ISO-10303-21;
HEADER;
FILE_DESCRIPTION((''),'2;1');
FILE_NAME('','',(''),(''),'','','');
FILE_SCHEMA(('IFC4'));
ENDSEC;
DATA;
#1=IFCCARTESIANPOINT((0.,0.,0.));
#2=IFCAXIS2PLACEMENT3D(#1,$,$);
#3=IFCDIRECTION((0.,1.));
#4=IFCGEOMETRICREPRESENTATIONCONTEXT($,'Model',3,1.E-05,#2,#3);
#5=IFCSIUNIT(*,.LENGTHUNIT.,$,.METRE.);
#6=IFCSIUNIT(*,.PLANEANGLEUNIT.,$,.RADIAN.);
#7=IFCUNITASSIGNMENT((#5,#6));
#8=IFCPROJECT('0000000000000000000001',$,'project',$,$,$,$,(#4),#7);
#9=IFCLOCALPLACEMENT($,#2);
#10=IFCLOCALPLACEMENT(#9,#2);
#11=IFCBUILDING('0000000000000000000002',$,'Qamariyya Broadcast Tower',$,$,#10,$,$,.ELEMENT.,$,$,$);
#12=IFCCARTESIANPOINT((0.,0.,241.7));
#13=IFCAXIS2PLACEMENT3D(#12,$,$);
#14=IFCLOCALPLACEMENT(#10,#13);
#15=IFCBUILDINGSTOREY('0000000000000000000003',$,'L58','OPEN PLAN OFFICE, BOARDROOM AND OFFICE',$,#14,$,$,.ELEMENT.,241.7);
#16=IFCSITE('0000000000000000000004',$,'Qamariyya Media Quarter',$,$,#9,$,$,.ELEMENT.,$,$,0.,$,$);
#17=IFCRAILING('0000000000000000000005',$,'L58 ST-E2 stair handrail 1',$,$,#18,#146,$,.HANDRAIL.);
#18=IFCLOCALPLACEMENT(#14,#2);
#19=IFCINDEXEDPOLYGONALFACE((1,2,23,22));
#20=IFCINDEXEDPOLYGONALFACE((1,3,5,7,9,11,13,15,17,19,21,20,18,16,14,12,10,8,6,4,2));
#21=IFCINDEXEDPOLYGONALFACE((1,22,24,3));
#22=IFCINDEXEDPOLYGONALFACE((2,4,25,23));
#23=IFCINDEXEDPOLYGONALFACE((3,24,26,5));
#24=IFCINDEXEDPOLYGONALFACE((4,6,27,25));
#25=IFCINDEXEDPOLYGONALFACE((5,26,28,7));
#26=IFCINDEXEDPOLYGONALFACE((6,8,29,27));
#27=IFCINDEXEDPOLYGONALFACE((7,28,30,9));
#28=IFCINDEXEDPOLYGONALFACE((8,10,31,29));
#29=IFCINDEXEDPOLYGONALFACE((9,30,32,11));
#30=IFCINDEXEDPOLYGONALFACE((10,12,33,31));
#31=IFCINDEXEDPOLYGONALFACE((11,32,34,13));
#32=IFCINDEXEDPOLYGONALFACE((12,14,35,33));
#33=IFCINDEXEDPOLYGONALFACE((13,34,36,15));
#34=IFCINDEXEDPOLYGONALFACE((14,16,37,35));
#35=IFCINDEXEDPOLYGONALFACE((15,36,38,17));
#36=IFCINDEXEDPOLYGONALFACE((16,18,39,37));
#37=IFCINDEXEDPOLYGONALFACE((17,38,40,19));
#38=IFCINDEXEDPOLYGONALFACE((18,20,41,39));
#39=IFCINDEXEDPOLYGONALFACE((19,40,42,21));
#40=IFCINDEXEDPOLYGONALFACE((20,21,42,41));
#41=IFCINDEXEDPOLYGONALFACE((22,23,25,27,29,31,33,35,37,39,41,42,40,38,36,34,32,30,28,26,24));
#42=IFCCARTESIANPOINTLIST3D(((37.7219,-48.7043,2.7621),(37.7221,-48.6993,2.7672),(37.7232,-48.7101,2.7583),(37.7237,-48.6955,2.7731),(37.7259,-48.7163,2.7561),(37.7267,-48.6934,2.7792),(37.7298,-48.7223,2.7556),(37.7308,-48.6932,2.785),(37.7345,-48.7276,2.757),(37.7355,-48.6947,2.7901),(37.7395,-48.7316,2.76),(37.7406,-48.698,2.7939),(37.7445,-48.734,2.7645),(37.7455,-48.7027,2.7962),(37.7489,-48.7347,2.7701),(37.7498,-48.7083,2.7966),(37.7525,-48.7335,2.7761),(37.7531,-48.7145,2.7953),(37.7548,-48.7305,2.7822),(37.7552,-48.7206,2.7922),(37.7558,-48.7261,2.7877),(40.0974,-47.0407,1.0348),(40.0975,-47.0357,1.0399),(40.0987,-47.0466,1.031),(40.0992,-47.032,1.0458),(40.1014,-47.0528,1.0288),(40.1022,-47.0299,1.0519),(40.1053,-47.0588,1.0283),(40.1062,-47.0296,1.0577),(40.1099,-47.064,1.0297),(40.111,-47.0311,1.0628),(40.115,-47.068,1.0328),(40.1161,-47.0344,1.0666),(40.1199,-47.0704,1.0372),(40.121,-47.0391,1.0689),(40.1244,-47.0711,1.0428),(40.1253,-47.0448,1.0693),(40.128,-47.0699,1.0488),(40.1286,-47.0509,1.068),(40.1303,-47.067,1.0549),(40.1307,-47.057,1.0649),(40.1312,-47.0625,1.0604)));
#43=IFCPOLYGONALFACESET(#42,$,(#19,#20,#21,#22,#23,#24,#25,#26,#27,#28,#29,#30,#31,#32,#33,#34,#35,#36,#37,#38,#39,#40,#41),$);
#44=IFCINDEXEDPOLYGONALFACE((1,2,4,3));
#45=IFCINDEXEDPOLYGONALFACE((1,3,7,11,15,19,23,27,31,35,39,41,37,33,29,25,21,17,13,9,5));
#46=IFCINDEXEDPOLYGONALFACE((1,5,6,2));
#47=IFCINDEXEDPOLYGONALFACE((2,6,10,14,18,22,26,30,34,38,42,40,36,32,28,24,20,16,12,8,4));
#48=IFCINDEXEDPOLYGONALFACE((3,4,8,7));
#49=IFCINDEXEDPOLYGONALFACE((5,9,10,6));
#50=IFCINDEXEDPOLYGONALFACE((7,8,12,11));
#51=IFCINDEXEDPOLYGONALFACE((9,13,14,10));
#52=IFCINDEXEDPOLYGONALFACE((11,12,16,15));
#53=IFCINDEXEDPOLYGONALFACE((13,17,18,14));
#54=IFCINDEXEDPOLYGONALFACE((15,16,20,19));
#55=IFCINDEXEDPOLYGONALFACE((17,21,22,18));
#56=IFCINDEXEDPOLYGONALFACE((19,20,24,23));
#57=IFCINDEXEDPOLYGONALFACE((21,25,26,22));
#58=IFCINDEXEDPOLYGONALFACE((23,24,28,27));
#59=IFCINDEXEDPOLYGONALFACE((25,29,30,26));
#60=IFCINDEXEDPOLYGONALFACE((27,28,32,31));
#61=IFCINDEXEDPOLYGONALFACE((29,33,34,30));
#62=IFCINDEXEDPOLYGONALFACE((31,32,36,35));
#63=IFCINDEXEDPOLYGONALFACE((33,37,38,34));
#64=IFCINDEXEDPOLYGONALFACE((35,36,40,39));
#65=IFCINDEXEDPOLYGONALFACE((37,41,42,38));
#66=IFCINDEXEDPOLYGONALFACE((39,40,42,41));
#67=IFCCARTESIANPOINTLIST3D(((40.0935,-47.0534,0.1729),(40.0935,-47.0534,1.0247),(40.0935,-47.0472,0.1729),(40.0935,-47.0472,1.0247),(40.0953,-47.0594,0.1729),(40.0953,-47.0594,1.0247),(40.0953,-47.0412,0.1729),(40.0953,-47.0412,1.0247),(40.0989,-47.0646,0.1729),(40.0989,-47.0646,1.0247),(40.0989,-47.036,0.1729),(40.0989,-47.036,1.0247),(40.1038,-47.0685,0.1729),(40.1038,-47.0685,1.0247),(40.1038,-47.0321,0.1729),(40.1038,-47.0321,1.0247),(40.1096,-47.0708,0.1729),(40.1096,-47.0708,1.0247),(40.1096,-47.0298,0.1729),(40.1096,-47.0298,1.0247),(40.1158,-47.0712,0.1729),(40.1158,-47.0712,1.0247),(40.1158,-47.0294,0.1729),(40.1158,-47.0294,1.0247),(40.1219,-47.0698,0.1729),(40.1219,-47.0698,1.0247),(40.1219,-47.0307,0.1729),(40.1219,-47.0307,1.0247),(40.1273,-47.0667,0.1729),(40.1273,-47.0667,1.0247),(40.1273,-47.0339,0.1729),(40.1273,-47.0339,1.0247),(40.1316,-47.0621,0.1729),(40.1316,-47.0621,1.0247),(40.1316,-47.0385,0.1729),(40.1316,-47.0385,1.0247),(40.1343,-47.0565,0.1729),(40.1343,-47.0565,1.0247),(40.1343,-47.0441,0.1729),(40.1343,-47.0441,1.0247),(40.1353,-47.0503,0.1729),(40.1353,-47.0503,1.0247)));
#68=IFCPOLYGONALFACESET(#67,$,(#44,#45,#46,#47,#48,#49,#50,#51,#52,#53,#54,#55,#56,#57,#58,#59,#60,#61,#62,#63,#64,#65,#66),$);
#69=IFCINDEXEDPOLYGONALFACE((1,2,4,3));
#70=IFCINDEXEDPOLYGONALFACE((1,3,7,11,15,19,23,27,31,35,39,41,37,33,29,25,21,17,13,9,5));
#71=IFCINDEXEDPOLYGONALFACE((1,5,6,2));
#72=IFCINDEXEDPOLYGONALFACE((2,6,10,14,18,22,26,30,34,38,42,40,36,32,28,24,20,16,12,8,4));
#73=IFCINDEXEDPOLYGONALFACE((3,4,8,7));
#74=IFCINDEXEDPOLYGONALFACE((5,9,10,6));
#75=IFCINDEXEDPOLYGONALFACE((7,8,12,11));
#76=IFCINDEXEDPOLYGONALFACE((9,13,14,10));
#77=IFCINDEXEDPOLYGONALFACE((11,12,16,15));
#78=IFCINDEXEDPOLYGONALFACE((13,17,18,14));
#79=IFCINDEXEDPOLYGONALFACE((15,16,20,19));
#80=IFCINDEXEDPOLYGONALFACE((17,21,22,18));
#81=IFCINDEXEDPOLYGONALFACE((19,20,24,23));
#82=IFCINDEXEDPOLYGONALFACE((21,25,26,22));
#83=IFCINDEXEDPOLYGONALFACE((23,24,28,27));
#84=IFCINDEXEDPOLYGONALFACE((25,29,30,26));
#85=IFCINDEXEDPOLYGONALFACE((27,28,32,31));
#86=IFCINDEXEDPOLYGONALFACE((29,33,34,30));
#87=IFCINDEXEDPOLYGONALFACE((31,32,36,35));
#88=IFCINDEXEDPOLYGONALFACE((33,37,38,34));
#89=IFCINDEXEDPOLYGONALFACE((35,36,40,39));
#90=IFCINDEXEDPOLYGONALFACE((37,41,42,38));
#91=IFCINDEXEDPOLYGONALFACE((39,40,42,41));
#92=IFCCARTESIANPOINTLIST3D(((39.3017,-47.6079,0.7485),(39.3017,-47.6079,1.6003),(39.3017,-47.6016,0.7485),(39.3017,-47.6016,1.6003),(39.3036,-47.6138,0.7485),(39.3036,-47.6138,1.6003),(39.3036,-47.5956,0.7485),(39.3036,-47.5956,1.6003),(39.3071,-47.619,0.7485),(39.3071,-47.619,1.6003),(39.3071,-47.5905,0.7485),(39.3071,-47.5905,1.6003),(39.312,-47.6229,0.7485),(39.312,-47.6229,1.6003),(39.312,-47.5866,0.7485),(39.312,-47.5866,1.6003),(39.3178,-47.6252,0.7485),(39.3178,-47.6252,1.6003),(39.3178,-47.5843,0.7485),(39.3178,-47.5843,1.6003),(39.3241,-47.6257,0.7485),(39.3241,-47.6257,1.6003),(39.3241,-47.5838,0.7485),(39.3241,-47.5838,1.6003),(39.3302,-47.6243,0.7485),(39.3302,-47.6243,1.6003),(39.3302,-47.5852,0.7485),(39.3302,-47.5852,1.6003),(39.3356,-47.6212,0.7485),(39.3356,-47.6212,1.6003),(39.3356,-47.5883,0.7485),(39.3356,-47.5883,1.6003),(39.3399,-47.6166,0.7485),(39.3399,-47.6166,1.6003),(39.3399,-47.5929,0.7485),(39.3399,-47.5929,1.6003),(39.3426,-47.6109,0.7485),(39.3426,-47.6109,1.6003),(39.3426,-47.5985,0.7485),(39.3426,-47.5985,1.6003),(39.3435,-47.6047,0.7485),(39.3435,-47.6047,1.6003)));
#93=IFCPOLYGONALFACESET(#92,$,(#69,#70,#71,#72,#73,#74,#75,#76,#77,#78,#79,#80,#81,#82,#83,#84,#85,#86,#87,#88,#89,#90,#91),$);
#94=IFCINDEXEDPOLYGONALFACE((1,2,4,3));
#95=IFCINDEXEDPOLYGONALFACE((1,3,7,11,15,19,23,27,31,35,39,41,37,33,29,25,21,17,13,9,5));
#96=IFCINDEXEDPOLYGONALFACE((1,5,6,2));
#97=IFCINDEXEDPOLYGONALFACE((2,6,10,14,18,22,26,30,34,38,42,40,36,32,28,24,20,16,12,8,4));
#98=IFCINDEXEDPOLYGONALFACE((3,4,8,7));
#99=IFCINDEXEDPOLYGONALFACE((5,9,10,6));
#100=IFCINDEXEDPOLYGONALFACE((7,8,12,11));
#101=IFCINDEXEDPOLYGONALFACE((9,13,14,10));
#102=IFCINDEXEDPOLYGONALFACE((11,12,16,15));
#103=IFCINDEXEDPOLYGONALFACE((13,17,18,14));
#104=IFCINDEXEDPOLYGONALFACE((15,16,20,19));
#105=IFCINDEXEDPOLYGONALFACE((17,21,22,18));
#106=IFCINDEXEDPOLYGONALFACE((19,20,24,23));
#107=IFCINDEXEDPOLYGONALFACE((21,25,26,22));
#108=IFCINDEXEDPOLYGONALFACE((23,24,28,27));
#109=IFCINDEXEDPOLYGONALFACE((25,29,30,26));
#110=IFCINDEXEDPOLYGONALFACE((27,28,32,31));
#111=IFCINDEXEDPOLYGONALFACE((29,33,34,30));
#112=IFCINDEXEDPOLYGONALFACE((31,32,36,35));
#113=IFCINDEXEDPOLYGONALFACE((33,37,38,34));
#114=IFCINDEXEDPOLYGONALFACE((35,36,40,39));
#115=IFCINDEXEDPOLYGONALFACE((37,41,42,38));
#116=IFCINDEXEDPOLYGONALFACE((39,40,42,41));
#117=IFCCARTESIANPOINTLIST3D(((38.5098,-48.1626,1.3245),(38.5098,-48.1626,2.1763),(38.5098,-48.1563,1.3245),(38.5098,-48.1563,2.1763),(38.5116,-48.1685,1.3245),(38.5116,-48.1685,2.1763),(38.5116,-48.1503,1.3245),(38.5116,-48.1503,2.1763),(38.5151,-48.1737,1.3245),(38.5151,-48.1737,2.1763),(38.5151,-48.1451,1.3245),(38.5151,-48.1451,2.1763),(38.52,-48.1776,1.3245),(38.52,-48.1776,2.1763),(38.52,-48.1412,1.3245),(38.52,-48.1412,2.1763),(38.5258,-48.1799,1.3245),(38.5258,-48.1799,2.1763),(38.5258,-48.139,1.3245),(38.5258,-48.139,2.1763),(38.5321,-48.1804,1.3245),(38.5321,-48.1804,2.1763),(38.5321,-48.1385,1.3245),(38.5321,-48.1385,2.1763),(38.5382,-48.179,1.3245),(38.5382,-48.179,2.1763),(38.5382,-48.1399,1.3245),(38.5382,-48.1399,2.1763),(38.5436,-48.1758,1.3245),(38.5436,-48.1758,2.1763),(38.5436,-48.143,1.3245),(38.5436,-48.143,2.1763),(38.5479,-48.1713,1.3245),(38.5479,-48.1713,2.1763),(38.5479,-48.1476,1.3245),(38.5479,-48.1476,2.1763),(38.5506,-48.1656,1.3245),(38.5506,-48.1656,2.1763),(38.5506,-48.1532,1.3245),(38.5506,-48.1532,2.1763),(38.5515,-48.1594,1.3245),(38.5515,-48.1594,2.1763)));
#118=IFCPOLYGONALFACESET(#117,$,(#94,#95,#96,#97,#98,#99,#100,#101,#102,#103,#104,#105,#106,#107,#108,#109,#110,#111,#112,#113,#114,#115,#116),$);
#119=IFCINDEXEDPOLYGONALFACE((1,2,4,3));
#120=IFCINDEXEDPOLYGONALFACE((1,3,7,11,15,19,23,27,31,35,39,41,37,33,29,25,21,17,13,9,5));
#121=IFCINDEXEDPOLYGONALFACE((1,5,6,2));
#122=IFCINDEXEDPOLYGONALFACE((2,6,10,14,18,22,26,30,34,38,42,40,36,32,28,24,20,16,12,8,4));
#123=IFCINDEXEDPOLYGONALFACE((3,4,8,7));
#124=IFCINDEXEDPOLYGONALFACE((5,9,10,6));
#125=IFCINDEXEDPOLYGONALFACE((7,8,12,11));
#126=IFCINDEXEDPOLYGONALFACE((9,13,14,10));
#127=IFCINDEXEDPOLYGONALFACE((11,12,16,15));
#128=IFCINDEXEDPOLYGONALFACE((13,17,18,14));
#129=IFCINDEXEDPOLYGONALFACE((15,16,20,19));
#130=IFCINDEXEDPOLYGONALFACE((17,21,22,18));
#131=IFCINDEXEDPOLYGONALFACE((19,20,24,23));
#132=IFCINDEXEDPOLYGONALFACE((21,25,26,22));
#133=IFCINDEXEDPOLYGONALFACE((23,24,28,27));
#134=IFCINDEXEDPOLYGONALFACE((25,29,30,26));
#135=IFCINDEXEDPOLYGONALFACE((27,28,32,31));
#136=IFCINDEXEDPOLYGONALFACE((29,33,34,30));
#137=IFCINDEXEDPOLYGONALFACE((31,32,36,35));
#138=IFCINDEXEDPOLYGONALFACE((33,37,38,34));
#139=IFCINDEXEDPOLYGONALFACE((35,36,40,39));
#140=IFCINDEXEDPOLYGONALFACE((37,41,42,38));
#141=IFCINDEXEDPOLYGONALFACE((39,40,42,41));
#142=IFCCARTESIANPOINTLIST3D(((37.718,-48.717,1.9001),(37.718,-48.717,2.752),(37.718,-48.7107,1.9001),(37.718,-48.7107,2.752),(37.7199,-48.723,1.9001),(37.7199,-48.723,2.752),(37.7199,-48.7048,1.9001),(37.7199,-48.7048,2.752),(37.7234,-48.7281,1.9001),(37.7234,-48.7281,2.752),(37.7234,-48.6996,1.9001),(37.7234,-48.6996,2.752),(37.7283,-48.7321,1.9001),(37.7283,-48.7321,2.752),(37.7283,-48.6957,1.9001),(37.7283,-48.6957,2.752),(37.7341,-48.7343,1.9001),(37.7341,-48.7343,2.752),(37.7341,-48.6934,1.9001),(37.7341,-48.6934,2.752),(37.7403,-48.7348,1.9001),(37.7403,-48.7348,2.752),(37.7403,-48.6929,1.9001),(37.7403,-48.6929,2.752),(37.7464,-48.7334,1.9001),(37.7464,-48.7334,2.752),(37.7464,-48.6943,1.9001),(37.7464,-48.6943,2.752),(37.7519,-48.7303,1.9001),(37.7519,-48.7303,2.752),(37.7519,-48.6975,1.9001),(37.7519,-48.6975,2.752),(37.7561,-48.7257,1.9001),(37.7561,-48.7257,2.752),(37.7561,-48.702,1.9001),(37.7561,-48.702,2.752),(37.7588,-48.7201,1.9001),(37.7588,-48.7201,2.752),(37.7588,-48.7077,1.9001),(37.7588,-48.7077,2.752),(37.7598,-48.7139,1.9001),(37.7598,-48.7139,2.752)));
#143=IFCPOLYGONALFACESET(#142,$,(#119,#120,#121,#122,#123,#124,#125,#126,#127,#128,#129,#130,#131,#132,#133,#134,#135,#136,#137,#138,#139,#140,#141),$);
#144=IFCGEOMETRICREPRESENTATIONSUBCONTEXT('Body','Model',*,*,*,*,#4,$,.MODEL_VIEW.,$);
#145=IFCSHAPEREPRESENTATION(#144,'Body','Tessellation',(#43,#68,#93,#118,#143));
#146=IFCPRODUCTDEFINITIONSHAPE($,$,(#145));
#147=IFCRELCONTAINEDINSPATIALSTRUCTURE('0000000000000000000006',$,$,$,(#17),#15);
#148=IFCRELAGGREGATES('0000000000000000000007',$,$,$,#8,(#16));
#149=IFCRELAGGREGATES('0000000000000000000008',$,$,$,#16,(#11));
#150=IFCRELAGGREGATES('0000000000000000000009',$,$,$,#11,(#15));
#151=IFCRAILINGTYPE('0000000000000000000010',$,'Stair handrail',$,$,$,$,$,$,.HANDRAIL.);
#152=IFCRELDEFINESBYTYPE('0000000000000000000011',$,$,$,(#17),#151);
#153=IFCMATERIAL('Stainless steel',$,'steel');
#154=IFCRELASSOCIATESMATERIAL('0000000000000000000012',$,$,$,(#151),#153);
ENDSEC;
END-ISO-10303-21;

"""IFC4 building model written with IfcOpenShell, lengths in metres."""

from ifc_helpers import new_model, si_unit, direction, frame, origin, origin_2d, place, context, subcontext, project, spatial, circle, extrude, material, type_object, element, save


model = new_model("IFC4")

# Units and contexts
model_context = context("Model", 3, precision=1e-05, world=origin(), true_north=direction((0.0, 1.0)))
body_context = subcontext(model_context, "Body", "Model", "MODEL_VIEW")
ifc_project = project(units=[si_unit("LENGTHUNIT", "METRE"), si_unit("PLANEANGLEUNIT", "RADIAN")], contexts=[model_context])

# Site, building, storey
site_placement = place(None, origin())
site = spatial("IfcSite", under=ifc_project, at=site_placement, Name="Qamariyya Media Quarter", CompositionType="ELEMENT", RefElevation=0.0)
building_placement = place(site_placement, origin())
building = spatial("IfcBuilding", under=site, at=building_placement, Name="Qamariyya Broadcast Tower", CompositionType="ELEMENT")
storey_placement = place(building_placement, frame((0.0, 0.0, 241.7)))
storey = spatial("IfcBuildingStorey", under=building, at=storey_placement, Name="L58", Description="OPEN PLAN OFFICE, BOARDROOM AND OFFICE", CompositionType="ELEMENT", Elevation=241.7)

# Railing
ifc_material_1 = material(Name="Stainless steel", Category="steel")
railing_type_1 = type_object("IfcRailingType", Name="Stair handrail", PredefinedType="HANDRAIL", material=ifc_material_1)
railing_1_placement = place(storey_placement, frame((40.1143, -47.0503, 0.1729)))
element("IfcRailing", 1, at=railing_1_placement, inside=storey, type_object=railing_type_1, Name="L58 ST-E2 stair handrail 1", PredefinedType="HANDRAIL", context=body_context, shape_type="SweptSolid", body=[
    extrude(circle(Radius=0.0239, at=origin_2d()), frame((0.0, 0.0, 0.876), z_axis=(-0.703745, -0.492838, 0.511716), x_axis=(0.573632, -0.819113, 0.0)), (0.0, 0.0, 1.0), 3.3755),
    extrude(circle(Radius=0.021, at=origin_2d()), origin(), (0.0, 0.0, 1.0), 0.8518),
    extrude(circle(Radius=0.021, at=origin_2d()), frame((-0.7917, -0.5544, 0.5757)), (0.0, 0.0, 1.0), 0.8518),
    extrude(circle(Radius=0.021, at=origin_2d()), frame((-1.5837, -1.1091, 1.1516)), (0.0, 0.0, 1.0), 0.8518),
    extrude(circle(Radius=0.021, at=origin_2d()), frame((-2.3755, -1.6636, 1.7273)), (0.0, 0.0, 1.0), 0.8518),
])

save(model, "model.ifc")
